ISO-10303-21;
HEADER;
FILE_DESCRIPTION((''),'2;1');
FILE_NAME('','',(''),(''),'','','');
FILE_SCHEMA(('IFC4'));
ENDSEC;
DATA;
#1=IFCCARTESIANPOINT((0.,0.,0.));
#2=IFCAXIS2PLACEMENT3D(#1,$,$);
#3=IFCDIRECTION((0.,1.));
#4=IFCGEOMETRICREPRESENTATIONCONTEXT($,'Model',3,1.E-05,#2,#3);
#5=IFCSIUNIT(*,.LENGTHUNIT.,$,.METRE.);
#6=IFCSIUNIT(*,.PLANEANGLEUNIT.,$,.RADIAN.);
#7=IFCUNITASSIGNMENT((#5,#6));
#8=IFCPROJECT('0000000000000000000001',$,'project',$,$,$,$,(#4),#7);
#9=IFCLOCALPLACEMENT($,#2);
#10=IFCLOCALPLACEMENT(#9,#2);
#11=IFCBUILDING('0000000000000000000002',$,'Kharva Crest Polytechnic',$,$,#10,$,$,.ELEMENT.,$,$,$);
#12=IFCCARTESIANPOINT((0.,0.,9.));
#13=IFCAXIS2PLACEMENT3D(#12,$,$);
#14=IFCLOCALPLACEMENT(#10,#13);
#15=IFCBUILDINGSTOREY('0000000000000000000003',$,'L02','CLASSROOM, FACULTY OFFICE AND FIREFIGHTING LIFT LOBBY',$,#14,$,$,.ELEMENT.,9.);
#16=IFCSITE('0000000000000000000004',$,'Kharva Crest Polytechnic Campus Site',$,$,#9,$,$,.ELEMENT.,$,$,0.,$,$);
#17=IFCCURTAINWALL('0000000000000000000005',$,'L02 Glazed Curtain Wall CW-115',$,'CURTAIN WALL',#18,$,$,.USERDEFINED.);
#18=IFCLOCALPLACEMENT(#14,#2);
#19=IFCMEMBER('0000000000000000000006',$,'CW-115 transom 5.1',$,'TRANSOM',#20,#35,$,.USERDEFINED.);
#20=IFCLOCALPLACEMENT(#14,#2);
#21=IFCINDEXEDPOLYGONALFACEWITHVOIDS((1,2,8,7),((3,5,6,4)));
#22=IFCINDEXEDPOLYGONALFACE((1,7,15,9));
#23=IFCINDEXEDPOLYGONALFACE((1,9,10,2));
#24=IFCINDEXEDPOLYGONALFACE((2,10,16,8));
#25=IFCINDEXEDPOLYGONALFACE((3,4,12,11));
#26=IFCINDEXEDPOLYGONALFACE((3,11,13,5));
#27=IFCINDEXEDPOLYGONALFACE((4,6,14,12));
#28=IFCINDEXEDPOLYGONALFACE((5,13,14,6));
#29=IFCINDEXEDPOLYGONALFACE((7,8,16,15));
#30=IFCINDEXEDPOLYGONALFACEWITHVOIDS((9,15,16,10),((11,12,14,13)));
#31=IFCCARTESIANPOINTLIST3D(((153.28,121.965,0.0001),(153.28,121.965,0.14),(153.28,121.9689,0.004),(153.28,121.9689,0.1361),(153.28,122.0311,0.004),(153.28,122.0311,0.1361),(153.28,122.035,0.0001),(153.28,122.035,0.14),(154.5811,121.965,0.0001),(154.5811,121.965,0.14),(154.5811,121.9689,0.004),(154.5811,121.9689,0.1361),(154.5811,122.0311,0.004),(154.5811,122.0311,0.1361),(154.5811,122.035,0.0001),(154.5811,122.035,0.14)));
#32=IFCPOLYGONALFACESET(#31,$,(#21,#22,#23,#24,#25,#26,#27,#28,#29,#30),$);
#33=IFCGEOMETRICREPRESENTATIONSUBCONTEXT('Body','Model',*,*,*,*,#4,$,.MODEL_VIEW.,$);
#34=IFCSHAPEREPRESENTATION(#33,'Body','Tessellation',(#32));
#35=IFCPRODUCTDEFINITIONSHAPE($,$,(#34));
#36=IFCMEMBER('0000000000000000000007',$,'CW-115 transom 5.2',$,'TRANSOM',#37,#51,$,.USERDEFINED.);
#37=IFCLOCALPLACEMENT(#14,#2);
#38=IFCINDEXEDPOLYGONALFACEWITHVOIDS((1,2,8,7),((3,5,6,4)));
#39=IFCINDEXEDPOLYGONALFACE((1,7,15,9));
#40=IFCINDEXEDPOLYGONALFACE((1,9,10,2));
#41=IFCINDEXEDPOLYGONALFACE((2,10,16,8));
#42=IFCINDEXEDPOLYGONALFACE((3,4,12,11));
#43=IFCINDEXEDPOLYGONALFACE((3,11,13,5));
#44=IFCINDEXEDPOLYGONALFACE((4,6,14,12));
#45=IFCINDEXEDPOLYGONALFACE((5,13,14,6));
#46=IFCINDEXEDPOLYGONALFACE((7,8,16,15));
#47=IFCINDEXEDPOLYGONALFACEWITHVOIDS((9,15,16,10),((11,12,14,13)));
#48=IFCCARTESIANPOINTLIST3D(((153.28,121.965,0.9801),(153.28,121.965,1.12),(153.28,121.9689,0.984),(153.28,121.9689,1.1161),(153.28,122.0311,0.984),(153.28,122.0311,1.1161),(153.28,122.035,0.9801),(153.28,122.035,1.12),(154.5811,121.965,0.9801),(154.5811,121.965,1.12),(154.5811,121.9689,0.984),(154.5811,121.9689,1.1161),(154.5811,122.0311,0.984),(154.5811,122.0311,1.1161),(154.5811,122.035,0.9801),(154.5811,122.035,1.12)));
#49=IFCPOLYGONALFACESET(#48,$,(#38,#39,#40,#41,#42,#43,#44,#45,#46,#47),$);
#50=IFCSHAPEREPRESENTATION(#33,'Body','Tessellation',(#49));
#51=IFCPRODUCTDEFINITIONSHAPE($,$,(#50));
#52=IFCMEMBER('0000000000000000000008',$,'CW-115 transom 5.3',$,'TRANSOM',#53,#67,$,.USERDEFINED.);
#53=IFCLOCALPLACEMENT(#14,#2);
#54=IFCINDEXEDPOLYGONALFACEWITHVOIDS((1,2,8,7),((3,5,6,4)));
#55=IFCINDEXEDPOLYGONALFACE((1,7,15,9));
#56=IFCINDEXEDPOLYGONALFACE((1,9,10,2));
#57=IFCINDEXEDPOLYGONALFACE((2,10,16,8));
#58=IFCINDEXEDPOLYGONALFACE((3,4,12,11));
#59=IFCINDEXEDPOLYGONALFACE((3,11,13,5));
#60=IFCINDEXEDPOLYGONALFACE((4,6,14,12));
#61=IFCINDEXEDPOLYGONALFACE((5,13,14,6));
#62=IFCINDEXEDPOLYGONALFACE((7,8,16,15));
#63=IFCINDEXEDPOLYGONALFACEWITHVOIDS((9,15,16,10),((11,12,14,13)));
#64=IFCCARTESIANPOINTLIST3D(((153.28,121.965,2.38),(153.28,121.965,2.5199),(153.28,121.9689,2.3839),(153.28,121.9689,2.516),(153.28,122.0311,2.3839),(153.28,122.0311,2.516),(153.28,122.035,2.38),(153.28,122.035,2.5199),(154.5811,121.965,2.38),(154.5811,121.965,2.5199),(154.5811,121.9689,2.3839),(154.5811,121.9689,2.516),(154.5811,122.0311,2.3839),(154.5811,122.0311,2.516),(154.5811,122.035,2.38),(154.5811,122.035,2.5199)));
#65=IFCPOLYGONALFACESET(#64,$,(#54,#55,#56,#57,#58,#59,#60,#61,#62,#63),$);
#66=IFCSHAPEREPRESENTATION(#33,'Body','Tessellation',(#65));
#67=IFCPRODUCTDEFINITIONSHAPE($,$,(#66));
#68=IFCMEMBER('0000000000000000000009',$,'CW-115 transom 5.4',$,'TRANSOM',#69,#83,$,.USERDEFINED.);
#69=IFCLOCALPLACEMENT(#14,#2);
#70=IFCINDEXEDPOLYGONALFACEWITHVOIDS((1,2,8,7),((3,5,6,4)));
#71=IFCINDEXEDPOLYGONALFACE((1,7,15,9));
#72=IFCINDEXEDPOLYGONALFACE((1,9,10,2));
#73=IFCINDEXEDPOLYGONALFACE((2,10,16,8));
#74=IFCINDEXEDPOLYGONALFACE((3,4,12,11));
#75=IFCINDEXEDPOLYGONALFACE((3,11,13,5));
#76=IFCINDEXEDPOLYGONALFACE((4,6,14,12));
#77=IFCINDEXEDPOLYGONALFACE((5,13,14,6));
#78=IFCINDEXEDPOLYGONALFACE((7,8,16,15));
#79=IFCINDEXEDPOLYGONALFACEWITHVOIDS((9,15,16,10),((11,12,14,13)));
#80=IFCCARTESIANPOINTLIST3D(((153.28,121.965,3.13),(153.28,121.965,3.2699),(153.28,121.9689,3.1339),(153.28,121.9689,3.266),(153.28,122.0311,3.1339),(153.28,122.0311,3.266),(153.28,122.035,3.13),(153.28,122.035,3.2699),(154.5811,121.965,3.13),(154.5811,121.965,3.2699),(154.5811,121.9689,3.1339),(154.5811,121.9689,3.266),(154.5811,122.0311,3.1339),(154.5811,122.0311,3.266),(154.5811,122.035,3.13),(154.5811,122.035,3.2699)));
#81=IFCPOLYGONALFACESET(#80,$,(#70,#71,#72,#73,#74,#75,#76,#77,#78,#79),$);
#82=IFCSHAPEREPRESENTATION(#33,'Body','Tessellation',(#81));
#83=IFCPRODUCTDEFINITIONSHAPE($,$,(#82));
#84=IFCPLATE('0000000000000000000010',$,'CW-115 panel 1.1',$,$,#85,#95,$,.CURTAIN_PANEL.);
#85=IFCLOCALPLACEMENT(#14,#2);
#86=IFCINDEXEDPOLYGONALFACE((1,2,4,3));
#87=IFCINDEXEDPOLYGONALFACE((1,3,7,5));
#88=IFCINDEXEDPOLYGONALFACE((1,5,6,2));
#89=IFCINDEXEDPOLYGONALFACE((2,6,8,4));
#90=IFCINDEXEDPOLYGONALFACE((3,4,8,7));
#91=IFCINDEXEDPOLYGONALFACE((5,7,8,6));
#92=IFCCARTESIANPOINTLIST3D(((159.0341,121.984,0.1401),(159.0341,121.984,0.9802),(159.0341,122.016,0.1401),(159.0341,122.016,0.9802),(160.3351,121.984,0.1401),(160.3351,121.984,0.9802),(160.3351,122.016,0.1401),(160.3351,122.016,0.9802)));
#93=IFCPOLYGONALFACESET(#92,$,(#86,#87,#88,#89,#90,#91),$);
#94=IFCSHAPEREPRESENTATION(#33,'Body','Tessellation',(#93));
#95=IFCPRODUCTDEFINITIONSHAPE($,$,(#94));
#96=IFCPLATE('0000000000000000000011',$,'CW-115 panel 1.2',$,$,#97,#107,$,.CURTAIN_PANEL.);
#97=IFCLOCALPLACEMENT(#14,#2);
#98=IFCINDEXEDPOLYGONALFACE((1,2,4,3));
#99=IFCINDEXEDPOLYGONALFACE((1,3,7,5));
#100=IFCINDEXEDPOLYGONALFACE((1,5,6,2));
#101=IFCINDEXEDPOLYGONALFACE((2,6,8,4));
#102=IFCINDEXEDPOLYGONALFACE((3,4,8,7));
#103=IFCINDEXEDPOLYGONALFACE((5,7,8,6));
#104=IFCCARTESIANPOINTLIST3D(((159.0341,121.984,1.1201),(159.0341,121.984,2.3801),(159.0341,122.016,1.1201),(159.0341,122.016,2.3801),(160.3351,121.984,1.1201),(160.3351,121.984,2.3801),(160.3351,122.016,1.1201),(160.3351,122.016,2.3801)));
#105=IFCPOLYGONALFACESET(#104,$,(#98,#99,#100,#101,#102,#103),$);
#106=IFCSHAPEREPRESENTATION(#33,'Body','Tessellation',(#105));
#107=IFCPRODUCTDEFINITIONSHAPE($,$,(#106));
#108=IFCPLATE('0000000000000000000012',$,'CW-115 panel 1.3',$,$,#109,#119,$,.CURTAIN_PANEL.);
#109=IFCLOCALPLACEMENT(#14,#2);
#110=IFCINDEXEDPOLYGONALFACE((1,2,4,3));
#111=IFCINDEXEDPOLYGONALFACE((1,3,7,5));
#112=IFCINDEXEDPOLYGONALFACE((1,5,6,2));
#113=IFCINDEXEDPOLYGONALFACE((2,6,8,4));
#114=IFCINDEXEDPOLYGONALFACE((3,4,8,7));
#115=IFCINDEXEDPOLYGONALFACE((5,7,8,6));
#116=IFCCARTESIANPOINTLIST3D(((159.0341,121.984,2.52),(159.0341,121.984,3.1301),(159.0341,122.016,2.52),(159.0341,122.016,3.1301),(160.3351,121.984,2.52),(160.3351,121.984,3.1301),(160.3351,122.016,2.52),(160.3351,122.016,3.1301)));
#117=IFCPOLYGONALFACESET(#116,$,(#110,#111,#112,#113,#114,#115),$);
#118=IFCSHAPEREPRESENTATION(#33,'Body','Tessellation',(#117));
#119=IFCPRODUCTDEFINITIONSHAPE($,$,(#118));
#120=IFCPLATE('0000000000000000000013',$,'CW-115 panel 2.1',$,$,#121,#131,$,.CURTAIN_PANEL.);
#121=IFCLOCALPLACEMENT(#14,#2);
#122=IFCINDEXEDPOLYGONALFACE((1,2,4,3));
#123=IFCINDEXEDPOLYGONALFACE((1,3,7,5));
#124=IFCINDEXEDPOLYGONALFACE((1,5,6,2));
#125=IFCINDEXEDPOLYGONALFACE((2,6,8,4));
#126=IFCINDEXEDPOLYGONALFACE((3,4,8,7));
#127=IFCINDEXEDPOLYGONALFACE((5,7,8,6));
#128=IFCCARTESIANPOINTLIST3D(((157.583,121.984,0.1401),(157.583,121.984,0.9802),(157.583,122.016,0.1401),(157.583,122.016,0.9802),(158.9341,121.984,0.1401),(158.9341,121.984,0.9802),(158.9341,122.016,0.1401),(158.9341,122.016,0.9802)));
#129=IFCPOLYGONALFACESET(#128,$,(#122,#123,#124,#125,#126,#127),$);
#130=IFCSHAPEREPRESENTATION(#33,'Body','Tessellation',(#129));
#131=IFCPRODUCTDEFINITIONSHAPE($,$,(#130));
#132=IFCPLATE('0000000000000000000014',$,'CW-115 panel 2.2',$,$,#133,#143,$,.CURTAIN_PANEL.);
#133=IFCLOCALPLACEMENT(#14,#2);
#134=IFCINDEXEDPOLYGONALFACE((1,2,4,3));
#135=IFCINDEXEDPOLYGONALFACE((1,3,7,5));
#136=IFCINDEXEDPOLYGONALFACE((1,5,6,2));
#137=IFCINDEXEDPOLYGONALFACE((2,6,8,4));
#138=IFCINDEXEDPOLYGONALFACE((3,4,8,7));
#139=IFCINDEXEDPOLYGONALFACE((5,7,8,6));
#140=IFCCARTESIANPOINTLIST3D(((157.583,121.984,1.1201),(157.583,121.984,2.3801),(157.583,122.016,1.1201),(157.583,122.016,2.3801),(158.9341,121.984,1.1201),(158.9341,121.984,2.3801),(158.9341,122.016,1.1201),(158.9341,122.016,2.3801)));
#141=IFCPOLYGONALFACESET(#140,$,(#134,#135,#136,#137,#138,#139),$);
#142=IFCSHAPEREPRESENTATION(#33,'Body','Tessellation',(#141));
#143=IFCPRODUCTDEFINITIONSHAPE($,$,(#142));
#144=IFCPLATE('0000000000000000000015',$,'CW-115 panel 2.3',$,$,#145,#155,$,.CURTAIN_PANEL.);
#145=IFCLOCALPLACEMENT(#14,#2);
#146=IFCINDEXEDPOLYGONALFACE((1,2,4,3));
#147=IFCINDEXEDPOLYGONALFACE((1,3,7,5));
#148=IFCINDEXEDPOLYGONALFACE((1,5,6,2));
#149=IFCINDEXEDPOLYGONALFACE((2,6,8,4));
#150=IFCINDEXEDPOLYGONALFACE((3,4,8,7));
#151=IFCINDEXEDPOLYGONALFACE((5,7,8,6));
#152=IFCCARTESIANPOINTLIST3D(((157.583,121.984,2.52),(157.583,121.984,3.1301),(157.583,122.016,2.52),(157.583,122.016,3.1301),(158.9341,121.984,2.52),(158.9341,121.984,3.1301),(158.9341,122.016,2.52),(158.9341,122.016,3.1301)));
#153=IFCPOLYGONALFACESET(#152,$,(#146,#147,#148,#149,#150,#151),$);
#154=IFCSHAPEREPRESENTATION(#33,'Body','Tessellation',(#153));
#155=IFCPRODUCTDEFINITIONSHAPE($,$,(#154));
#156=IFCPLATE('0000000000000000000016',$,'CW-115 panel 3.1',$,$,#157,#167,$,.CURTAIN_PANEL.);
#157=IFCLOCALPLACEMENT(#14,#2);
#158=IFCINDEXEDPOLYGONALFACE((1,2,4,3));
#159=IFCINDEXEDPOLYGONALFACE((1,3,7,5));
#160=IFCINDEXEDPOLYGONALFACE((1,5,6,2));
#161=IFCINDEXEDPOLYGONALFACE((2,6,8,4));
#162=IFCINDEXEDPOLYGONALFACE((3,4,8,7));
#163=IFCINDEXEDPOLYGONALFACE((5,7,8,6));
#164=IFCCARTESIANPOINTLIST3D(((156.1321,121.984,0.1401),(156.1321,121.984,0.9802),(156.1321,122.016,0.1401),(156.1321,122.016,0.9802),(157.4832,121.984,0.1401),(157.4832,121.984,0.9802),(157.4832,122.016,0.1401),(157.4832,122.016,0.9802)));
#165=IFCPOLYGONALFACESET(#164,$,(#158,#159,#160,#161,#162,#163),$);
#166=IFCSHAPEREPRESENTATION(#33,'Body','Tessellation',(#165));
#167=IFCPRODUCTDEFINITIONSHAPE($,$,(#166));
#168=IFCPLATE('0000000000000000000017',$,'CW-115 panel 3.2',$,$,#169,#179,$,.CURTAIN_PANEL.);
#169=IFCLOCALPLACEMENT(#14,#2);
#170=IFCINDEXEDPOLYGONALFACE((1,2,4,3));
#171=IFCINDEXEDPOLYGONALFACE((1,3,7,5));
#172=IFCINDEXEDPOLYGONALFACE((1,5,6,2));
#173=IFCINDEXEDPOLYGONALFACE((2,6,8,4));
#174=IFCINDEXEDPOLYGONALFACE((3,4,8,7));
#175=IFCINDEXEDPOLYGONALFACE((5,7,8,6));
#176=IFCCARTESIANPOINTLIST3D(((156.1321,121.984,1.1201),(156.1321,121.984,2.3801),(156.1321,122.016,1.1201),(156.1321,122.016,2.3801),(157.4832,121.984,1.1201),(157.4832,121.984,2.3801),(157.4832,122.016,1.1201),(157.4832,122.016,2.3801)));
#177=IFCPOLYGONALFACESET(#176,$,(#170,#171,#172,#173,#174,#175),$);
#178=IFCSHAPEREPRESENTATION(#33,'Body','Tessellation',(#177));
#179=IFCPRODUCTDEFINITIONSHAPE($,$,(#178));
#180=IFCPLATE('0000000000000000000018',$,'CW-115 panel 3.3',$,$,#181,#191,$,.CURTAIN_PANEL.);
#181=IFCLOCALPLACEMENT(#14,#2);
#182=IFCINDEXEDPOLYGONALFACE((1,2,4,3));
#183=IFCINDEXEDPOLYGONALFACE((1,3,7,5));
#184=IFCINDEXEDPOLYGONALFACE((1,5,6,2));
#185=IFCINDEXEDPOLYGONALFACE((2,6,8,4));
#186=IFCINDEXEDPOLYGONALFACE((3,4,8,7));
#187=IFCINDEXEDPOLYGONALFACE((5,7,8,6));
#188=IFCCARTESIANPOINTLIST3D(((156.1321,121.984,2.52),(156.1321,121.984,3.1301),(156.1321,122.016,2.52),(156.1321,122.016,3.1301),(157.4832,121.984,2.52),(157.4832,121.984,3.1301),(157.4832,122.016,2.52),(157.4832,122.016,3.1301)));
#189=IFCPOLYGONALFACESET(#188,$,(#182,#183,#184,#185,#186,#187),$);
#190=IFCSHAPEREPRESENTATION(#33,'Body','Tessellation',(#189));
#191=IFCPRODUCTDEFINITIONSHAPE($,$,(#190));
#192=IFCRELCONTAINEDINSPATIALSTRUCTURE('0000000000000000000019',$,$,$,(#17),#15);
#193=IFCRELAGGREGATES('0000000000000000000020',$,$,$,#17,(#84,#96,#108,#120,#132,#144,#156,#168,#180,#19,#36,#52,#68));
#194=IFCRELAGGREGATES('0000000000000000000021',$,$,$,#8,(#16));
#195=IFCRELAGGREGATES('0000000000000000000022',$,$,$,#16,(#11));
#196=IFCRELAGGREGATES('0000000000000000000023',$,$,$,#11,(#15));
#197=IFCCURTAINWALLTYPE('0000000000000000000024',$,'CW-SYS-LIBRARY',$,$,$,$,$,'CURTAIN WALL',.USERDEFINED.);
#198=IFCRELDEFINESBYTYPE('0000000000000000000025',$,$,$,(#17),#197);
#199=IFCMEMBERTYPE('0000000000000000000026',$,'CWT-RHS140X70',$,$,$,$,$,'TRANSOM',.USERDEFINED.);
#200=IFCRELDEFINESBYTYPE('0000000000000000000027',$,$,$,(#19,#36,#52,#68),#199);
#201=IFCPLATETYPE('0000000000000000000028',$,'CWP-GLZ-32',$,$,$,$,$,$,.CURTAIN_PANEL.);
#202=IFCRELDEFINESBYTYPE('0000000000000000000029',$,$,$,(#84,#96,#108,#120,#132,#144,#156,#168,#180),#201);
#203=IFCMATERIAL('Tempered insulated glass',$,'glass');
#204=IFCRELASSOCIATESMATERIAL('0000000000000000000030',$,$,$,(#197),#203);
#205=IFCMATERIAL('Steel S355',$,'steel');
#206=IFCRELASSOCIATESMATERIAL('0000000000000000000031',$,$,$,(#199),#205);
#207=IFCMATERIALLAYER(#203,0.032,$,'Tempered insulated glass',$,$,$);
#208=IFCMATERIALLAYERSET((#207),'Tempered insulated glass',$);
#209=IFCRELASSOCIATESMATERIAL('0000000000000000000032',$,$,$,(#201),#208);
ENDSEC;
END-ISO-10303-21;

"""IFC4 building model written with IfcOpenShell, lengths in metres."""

from ifc_helpers import new_model, si_unit, direction, frame, origin, origin_2d, place, context, subcontext, project, spatial, rectangle, hollow_rectangle, extrude, material, layer, layer_set, material_profile, profile_set, type_object, element, aggregate, save


model = new_model("IFC4")

# Units and contexts
model_context = context("Model", 3, precision=1e-05, world=origin(), true_north=direction((0.0, 1.0)))
body_context = subcontext(model_context, "Body", "Model", "MODEL_VIEW")
ifc_project = project(units=[si_unit("LENGTHUNIT", "METRE"), si_unit("PLANEANGLEUNIT", "RADIAN")], contexts=[model_context])

# Site, building, storey
site_placement = place(None, origin())
site = spatial("IfcSite", under=ifc_project, at=site_placement, Name="Kharva Crest Polytechnic Campus Site", CompositionType="ELEMENT", RefElevation=0.0)
building_placement = place(site_placement, origin())
building = spatial("IfcBuilding", under=site, at=building_placement, Name="Kharva Crest Polytechnic", CompositionType="ELEMENT")
storey_placement = place(building_placement, frame((0.0, 0.0, 9.0)))
storey = spatial("IfcBuildingStorey", under=building, at=storey_placement, Name="L02", Description="CLASSROOM, FACULTY OFFICE AND FIREFIGHTING LIFT LOBBY", CompositionType="ELEMENT", Elevation=9.0)

# Curtain wall, members, plates
ifc_material_1 = material(Name="Tempered insulated glass", Category="glass")
curtain_wall_type = type_object("IfcCurtainWallType", Name="CW-SYS-LIBRARY", ElementType="CURTAIN WALL", PredefinedType="USERDEFINED", material=ifc_material_1)
curtain_wall_placement = place(storey_placement, origin())
curtain_wall = element("IfcCurtainWall", 1, at=curtain_wall_placement, inside=storey, type_object=curtain_wall_type, Name="L02 Glazed Curtain Wall CW-115", ObjectType="CURTAIN WALL", PredefinedType="USERDEFINED")
ifc_material_2 = material(Name="Steel S355", Category="steel")
ifc_material_profile_1 = material_profile(ifc_material_2, hollow_rectangle(XDim=0.0701, YDim=0.1399, WallThickness=0.0039, at=origin_2d()), Name="RHS 140X70X4.0")
ifc_profile_set_1 = profile_set([ifc_material_profile_1], Name="Steel S355")
member_type_1 = type_object("IfcMemberType", Name="CWT-RHS140X70", ElementType="TRANSOM", PredefinedType="USERDEFINED", material=ifc_profile_set_1)
member_1_placement = place(storey_placement, frame((154.5811, 122.0, 0.0701), z_axis=(-1.0, 0.0, 0.0), x_axis=(0.0, -1.0, 0.0)))
member_1 = element("IfcMember", 2, at=member_1_placement, type_object=member_type_1, Name="CW-115 transom 5.1", ObjectType="TRANSOM", PredefinedType="USERDEFINED", context=body_context, shape_type="SweptSolid", body=[
    extrude(hollow_rectangle(XDim=0.0701, YDim=0.1399, WallThickness=0.0039, at=origin_2d()), origin(), (0.0, 0.0, 1.0), 1.301),
])
member_2_placement = place(storey_placement, frame((154.5811, 122.0, 1.05), z_axis=(-1.0, 0.0, 0.0), x_axis=(0.0, -1.0, 0.0)))
member_2 = element("IfcMember", 3, at=member_2_placement, type_object=member_type_1, Name="CW-115 transom 5.2", ObjectType="TRANSOM", PredefinedType="USERDEFINED", context=body_context, shape_type="SweptSolid", body=[
    extrude(hollow_rectangle(XDim=0.0701, YDim=0.1399, WallThickness=0.0039, at=origin_2d()), origin(), (0.0, 0.0, 1.0), 1.301),
])
member_3_placement = place(storey_placement, frame((154.5811, 122.0, 2.45), z_axis=(-1.0, 0.0, 0.0), x_axis=(0.0, -1.0, 0.0)))
member_3 = element("IfcMember", 4, at=member_3_placement, type_object=member_type_1, Name="CW-115 transom 5.3", ObjectType="TRANSOM", PredefinedType="USERDEFINED", context=body_context, shape_type="SweptSolid", body=[
    extrude(hollow_rectangle(XDim=0.0701, YDim=0.1399, WallThickness=0.0039, at=origin_2d()), origin(), (0.0, 0.0, 1.0), 1.301),
])
member_4_placement = place(storey_placement, frame((154.5811, 122.0, 3.2), z_axis=(-1.0, 0.0, 0.0), x_axis=(0.0, -1.0, 0.0)))
member_4 = element("IfcMember", 5, at=member_4_placement, type_object=member_type_1, Name="CW-115 transom 5.4", ObjectType="TRANSOM", PredefinedType="USERDEFINED", context=body_context, shape_type="SweptSolid", body=[
    extrude(hollow_rectangle(XDim=0.0701, YDim=0.1399, WallThickness=0.0039, at=origin_2d()), origin(), (0.0, 0.0, 1.0), 1.301),
])
ifc_layer = layer(ifc_material_1, 0.032, Name="Tempered insulated glass")
ifc_layer_set = layer_set([ifc_layer], Name="Tempered insulated glass")
plate_type = type_object("IfcPlateType", Name="CWP-GLZ-32", PredefinedType="CURTAIN_PANEL", material=ifc_layer_set)
plate_1_placement = place(storey_placement, frame((159.6846, 122.0, 0.1401), z_axis=(0.0, 0.0, 1.0), x_axis=(-1.0, 0.0, 0.0)))
plate_1 = element("IfcPlate", 6, at=plate_1_placement, type_object=plate_type, Name="CW-115 panel 1.1", PredefinedType="CURTAIN_PANEL", context=body_context, shape_type="SweptSolid", body=[
    extrude(rectangle(XDim=1.301, YDim=0.032, at=origin_2d()), origin(), (0.0, 0.0, 1.0), 0.8401),
])
plate_2_placement = place(storey_placement, frame((159.6846, 122.0, 1.1201), z_axis=(0.0, 0.0, 1.0), x_axis=(-1.0, 0.0, 0.0)))
plate_2 = element("IfcPlate", 7, at=plate_2_placement, type_object=plate_type, Name="CW-115 panel 1.2", PredefinedType="CURTAIN_PANEL", context=body_context, shape_type="SweptSolid", body=[
    extrude(rectangle(XDim=1.301, YDim=0.032, at=origin_2d()), origin(), (0.0, 0.0, 1.0), 1.26),
])
plate_3_placement = place(storey_placement, frame((159.6846, 122.0, 2.52), z_axis=(0.0, 0.0, 1.0), x_axis=(-1.0, 0.0, 0.0)))
plate_3 = element("IfcPlate", 8, at=plate_3_placement, type_object=plate_type, Name="CW-115 panel 1.3", PredefinedType="CURTAIN_PANEL", context=body_context, shape_type="SweptSolid", body=[
    extrude(rectangle(XDim=1.301, YDim=0.032, at=origin_2d()), origin(), (0.0, 0.0, 1.0), 0.6101),
])
plate_4_placement = place(storey_placement, frame((158.2585, 122.0, 0.1401), z_axis=(0.0, 0.0, 1.0), x_axis=(-1.0, 0.0, 0.0)))
plate_4 = element("IfcPlate", 9, at=plate_4_placement, type_object=plate_type, Name="CW-115 panel 2.1", PredefinedType="CURTAIN_PANEL", context=body_context, shape_type="SweptSolid", body=[
    extrude(rectangle(XDim=1.3511, YDim=0.032, at=origin_2d()), origin(), (0.0, 0.0, 1.0), 0.8401),
])
plate_5_placement = place(storey_placement, frame((158.2585, 122.0, 1.1201), z_axis=(0.0, 0.0, 1.0), x_axis=(-1.0, 0.0, 0.0)))
plate_5 = element("IfcPlate", 10, at=plate_5_placement, type_object=plate_type, Name="CW-115 panel 2.2", PredefinedType="CURTAIN_PANEL", context=body_context, shape_type="SweptSolid", body=[
    extrude(rectangle(XDim=1.3511, YDim=0.032, at=origin_2d()), origin(), (0.0, 0.0, 1.0), 1.26),
])
plate_6_placement = place(storey_placement, frame((158.2585, 122.0, 2.52), z_axis=(0.0, 0.0, 1.0), x_axis=(-1.0, 0.0, 0.0)))
plate_6 = element("IfcPlate", 11, at=plate_6_placement, type_object=plate_type, Name="CW-115 panel 2.3", PredefinedType="CURTAIN_PANEL", context=body_context, shape_type="SweptSolid", body=[
    extrude(rectangle(XDim=1.3511, YDim=0.032, at=origin_2d()), origin(), (0.0, 0.0, 1.0), 0.6101),
])
plate_7_placement = place(storey_placement, frame((156.8076, 122.0, 0.1401), z_axis=(0.0, 0.0, 1.0), x_axis=(-1.0, 0.0, 0.0)))
plate_7 = element("IfcPlate", 12, at=plate_7_placement, type_object=plate_type, Name="CW-115 panel 3.1", PredefinedType="CURTAIN_PANEL", context=body_context, shape_type="SweptSolid", body=[
    extrude(rectangle(XDim=1.3511, YDim=0.032, at=origin_2d()), origin(), (0.0, 0.0, 1.0), 0.8401),
])
plate_8_placement = place(storey_placement, frame((156.8076, 122.0, 1.1201), z_axis=(0.0, 0.0, 1.0), x_axis=(-1.0, 0.0, 0.0)))
plate_8 = element("IfcPlate", 13, at=plate_8_placement, type_object=plate_type, Name="CW-115 panel 3.2", PredefinedType="CURTAIN_PANEL", context=body_context, shape_type="SweptSolid", body=[
    extrude(rectangle(XDim=1.3511, YDim=0.032, at=origin_2d()), origin(), (0.0, 0.0, 1.0), 1.26),
])
plate_9_placement = place(storey_placement, frame((156.8076, 122.0, 2.52), z_axis=(0.0, 0.0, 1.0), x_axis=(-1.0, 0.0, 0.0)))
plate_9 = element("IfcPlate", 14, at=plate_9_placement, type_object=plate_type, Name="CW-115 panel 3.3", PredefinedType="CURTAIN_PANEL", context=body_context, shape_type="SweptSolid", body=[
    extrude(rectangle(XDim=1.3511, YDim=0.032, at=origin_2d()), origin(), (0.0, 0.0, 1.0), 0.6101),
])
aggregate(curtain_wall, [plate_1, plate_2, plate_3, plate_4, plate_5, plate_6, plate_7, plate_8, plate_9, member_1, member_2, member_3, member_4])

save(model, "model.ifc")
